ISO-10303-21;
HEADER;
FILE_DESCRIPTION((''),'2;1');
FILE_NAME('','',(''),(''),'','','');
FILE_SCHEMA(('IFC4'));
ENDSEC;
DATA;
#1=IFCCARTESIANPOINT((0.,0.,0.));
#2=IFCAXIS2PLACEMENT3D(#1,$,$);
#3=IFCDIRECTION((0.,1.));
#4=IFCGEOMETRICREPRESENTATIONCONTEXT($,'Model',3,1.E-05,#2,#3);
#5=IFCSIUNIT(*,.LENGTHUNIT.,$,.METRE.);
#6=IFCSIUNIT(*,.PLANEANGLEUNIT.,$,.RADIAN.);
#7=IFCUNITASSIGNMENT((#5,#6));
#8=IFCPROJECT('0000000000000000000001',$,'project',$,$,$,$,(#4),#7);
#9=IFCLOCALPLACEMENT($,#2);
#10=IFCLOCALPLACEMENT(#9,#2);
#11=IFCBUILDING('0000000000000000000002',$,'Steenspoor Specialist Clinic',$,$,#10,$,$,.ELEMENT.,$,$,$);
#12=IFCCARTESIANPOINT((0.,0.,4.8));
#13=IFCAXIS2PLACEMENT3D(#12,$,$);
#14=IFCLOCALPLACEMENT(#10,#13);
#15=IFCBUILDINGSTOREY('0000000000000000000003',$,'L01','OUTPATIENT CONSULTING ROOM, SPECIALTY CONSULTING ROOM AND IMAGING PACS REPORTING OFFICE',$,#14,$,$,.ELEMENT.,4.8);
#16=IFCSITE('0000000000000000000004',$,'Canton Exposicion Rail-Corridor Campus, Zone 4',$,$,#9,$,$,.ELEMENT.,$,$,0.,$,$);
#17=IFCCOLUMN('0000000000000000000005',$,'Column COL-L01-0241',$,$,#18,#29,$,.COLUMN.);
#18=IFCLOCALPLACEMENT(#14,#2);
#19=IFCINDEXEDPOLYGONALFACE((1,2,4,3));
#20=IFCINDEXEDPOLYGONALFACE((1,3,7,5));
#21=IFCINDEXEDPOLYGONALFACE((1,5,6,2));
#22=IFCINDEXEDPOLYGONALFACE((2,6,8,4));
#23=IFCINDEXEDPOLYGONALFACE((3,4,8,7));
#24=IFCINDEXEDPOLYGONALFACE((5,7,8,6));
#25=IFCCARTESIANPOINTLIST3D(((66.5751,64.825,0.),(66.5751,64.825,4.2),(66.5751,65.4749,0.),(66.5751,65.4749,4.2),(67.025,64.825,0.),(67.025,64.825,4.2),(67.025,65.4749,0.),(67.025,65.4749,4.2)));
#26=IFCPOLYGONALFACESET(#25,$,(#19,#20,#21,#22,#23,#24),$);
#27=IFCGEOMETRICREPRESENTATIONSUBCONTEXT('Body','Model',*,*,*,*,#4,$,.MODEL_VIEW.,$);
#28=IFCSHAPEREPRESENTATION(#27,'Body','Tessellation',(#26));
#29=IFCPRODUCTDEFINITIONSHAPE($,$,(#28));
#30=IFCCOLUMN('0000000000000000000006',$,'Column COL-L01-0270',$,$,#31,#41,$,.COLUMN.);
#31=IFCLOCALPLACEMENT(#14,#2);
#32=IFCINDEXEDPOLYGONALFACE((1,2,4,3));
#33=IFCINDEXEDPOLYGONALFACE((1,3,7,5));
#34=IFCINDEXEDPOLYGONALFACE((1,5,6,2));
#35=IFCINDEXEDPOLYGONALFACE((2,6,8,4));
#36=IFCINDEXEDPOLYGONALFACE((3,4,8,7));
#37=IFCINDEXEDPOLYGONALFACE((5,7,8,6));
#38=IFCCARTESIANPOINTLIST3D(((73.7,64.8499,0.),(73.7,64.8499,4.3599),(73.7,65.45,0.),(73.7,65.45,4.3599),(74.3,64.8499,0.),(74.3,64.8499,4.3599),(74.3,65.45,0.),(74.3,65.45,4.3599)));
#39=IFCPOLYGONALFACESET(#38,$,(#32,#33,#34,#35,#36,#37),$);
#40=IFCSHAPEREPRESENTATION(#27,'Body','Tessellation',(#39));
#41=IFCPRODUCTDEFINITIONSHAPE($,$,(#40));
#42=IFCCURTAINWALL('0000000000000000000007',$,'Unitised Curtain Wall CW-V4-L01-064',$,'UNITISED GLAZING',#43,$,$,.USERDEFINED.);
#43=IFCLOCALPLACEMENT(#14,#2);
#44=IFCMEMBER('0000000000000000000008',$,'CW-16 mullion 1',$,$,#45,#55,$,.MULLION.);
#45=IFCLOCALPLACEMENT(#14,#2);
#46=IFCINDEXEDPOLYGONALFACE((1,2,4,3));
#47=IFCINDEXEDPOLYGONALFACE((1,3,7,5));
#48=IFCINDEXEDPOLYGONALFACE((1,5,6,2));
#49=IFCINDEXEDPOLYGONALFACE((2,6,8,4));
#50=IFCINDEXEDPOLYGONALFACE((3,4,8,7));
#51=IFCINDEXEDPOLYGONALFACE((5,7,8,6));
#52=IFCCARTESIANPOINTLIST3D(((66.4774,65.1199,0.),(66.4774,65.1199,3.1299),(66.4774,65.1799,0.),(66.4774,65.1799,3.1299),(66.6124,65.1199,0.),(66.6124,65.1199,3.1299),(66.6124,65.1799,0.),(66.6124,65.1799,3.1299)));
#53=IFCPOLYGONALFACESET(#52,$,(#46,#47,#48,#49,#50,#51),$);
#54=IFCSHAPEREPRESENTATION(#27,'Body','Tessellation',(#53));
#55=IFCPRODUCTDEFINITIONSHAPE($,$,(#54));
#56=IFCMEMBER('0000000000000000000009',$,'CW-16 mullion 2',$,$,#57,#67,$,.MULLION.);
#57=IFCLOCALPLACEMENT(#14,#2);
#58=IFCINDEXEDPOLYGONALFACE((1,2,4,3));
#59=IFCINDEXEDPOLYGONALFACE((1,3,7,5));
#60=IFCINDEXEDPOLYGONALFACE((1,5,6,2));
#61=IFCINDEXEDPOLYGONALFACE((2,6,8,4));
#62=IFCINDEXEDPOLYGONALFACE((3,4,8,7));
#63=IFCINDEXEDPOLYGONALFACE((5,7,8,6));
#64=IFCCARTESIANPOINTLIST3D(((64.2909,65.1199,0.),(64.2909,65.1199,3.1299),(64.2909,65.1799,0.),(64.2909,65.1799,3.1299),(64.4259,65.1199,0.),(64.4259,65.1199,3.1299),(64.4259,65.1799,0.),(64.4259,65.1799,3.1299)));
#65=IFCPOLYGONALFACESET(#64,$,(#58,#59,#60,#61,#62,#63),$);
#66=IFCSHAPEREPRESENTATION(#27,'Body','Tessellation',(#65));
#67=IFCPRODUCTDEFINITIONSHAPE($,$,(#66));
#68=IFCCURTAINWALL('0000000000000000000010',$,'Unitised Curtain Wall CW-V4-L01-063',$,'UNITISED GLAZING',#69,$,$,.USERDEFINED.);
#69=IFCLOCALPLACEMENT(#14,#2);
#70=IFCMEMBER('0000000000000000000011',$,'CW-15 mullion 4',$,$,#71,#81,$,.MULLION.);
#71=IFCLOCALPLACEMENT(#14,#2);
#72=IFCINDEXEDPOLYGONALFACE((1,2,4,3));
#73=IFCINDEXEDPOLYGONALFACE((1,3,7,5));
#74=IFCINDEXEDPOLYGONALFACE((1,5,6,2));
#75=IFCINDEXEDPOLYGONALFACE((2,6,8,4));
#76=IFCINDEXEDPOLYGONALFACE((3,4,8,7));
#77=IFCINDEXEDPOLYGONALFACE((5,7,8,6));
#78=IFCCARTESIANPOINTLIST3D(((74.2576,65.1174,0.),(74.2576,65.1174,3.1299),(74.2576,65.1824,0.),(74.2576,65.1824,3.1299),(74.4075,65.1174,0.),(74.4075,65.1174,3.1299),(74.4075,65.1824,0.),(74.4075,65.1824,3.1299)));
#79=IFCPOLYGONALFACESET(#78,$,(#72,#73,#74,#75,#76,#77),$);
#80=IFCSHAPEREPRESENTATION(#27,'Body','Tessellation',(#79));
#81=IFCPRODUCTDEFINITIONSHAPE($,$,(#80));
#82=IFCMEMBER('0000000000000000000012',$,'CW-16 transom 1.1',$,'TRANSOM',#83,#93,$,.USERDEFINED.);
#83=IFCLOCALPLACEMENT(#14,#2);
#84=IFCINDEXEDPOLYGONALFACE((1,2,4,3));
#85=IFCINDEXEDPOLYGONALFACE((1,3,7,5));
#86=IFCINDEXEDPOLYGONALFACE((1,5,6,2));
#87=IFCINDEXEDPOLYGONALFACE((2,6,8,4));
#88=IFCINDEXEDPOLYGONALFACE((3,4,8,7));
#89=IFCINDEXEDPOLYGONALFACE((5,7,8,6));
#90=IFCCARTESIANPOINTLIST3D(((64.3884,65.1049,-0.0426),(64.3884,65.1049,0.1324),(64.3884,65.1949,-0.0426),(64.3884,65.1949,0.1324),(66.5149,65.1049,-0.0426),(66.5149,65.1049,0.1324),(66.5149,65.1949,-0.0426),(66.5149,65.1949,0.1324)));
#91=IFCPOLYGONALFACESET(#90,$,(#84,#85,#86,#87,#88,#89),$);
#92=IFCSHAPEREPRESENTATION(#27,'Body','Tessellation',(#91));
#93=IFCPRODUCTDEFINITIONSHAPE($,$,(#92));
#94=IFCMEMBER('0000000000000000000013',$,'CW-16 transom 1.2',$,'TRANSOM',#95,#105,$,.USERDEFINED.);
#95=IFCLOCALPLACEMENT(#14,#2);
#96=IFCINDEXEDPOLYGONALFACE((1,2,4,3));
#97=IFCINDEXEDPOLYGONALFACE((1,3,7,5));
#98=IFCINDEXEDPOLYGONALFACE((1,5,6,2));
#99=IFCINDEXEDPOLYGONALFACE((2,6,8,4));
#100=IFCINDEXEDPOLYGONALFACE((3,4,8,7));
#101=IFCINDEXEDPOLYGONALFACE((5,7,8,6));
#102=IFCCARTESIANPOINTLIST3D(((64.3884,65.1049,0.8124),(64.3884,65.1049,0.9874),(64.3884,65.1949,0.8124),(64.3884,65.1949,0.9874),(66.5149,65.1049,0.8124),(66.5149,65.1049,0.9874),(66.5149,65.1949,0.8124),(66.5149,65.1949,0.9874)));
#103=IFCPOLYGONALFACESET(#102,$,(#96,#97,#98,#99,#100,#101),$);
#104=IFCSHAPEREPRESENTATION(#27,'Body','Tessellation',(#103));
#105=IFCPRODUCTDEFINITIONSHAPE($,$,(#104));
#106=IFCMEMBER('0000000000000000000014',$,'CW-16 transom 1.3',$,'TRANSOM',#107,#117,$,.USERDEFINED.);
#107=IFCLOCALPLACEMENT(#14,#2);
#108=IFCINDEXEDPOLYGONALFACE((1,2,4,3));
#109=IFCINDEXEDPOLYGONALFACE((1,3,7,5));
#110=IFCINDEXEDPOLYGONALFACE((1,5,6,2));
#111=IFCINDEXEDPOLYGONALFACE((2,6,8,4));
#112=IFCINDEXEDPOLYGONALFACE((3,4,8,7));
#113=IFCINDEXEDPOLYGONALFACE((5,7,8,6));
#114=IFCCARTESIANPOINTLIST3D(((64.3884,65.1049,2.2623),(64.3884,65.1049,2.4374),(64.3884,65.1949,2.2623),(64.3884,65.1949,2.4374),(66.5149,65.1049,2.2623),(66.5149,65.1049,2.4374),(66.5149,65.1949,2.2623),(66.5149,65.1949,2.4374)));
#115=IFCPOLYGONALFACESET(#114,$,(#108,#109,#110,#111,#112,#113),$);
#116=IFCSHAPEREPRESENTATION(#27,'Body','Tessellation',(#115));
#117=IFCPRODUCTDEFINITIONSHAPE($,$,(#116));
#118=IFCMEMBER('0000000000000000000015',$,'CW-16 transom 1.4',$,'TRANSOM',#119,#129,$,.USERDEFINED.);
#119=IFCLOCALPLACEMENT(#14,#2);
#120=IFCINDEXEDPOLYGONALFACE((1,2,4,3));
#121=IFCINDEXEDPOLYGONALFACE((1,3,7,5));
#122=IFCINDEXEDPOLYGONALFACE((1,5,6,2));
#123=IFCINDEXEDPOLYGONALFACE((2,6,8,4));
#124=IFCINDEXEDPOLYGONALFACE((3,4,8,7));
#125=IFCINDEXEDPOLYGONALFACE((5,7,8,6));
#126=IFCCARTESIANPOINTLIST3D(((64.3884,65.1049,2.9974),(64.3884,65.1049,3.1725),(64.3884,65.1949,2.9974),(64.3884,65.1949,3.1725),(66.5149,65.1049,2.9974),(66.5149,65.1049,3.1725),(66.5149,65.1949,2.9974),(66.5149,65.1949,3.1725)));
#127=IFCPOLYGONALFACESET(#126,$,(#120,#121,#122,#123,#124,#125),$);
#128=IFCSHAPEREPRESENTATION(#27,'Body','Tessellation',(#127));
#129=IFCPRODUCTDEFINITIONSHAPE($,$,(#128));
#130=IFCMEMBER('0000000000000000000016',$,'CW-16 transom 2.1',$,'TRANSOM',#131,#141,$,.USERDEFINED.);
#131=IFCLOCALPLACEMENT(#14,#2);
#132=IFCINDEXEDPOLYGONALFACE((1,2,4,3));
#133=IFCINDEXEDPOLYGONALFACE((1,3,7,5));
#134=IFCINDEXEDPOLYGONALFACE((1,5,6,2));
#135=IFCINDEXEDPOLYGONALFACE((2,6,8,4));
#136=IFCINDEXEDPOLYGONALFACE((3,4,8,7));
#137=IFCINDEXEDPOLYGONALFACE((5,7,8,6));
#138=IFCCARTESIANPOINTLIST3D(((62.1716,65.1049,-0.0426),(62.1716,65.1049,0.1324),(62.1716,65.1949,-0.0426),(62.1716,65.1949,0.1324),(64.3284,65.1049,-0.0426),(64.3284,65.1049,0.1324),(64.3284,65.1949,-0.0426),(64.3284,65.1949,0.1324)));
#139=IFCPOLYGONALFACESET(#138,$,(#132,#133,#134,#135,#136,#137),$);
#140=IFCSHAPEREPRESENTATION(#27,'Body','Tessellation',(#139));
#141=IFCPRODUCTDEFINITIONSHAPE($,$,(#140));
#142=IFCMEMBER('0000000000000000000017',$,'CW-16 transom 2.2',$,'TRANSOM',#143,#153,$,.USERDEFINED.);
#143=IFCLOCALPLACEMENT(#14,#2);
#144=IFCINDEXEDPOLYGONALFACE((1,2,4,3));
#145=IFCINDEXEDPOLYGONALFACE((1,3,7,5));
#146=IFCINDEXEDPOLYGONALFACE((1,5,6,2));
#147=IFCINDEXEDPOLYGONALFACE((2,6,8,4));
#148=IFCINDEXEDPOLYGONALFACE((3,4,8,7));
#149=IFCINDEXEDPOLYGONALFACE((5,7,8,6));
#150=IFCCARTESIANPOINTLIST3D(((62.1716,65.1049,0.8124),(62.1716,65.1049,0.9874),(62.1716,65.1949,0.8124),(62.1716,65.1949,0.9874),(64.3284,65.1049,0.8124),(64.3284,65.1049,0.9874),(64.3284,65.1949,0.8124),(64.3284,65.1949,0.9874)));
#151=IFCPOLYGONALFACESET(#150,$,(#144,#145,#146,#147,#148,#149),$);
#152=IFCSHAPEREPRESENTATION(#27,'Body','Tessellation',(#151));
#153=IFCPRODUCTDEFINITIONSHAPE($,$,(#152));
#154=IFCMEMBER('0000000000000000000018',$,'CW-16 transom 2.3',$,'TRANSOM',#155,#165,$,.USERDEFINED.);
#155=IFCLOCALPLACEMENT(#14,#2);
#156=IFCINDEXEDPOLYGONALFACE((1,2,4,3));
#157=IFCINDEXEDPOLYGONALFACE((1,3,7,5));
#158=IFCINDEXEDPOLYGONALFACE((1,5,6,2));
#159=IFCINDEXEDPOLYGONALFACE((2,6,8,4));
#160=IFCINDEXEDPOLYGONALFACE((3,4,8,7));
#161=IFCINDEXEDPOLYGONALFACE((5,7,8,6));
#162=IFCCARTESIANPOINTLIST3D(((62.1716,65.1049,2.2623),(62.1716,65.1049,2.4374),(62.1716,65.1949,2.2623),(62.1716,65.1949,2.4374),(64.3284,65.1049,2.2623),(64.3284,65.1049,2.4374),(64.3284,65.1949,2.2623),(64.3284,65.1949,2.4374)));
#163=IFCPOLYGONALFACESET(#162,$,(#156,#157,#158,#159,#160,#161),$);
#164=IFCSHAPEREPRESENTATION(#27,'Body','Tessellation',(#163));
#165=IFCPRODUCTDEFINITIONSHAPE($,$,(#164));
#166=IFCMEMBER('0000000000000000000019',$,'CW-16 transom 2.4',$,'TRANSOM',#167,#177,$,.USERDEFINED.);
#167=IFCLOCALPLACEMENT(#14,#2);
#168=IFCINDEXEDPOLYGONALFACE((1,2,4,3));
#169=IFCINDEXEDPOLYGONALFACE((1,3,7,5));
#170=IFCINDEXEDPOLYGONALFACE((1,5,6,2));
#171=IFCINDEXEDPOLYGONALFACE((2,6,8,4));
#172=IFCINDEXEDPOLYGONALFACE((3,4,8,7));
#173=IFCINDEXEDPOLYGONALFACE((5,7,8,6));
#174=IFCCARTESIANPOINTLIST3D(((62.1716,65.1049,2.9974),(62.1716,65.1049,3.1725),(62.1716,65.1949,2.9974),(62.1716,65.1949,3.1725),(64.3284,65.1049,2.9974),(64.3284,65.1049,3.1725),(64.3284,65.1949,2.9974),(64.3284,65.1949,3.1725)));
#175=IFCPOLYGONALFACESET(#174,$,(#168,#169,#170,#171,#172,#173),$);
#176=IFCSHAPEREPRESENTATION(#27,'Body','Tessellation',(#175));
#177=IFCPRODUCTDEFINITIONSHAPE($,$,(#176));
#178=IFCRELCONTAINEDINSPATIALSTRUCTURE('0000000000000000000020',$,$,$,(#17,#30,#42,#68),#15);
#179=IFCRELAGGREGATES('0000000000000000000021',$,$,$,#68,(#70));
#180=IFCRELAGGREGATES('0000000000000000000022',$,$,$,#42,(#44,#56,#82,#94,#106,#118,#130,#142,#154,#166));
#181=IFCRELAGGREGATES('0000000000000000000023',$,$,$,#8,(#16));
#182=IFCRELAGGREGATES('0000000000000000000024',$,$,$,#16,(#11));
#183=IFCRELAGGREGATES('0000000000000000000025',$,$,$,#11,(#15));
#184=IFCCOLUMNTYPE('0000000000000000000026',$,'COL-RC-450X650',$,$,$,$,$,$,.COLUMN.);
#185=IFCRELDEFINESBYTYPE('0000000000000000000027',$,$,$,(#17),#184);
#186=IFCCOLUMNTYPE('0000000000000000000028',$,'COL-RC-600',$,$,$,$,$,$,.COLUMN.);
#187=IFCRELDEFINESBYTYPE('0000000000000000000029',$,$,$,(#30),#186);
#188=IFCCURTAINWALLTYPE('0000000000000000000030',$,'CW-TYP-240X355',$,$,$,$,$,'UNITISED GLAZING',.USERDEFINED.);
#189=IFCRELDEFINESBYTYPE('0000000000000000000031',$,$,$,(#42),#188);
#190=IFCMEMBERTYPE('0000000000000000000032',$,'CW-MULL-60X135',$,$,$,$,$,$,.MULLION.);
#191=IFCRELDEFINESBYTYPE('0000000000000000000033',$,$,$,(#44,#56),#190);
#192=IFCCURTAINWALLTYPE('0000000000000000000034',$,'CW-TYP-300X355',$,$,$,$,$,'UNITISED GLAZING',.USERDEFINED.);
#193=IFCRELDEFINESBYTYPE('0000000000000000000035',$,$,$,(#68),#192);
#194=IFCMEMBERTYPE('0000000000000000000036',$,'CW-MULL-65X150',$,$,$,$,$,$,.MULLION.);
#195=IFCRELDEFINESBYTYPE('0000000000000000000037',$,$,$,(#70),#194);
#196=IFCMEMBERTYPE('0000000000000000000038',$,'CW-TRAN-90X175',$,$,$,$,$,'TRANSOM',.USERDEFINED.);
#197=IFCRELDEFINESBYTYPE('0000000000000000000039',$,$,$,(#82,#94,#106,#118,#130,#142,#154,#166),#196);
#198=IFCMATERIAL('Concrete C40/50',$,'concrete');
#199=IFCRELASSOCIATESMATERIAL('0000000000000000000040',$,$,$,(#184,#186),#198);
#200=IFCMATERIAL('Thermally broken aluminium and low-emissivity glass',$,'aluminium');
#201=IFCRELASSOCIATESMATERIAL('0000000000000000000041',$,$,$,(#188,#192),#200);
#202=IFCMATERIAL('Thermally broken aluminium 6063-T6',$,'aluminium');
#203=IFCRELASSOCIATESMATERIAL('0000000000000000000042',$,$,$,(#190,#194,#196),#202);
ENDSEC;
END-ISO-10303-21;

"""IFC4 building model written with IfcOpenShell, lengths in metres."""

from ifc_helpers import new_model, si_unit, direction, frame, origin, origin_2d, place, context, subcontext, project, spatial, rectangle, extrude, material, material_profile, profile_set, type_object, element, aggregate, save


model = new_model("IFC4")

# Units and contexts
model_context = context("Model", 3, precision=1e-05, world=origin(), true_north=direction((0.0, 1.0)))
body_context = subcontext(model_context, "Body", "Model", "MODEL_VIEW")
ifc_project = project(units=[si_unit("LENGTHUNIT", "METRE"), si_unit("PLANEANGLEUNIT", "RADIAN")], contexts=[model_context])

# Site, building, storey
site_placement = place(None, origin())
site = spatial("IfcSite", under=ifc_project, at=site_placement, Name="Canton Exposicion Rail-Corridor Campus, Zone 4", CompositionType="ELEMENT", RefElevation=0.0)
building_placement = place(site_placement, origin())
building = spatial("IfcBuilding", under=site, at=building_placement, Name="Steenspoor Specialist Clinic", CompositionType="ELEMENT")
storey_placement = place(building_placement, frame((0.0, 0.0, 4.8)))
storey = spatial("IfcBuildingStorey", under=building, at=storey_placement, Name="L01", Description="OUTPATIENT CONSULTING ROOM, SPECIALTY CONSULTING ROOM AND IMAGING PACS REPORTING OFFICE", CompositionType="ELEMENT", Elevation=4.8)

# Columns
ifc_material_1 = material(Name="Concrete C40/50", Category="concrete")
ifc_material_profile_1 = material_profile(ifc_material_1, rectangle(XDim=0.45, YDim=0.6499, at=origin_2d()), Name="RC-COL-450X650")
ifc_profile_set_1 = profile_set([ifc_material_profile_1], Name="Concrete C40/50")
column_type_1 = type_object("IfcColumnType", Name="COL-RC-450X650", PredefinedType="COLUMN", material=ifc_profile_set_1)
column_1_placement = place(storey_placement, frame((66.8, 65.1499, 0.0), z_axis=(0.0, 0.0, 1.0), x_axis=(1.0, 0.0, 0.0)))
element("IfcColumn", 1, at=column_1_placement, inside=storey, type_object=column_type_1, Name="Column COL-L01-0241", PredefinedType="COLUMN", context=body_context, shape_type="SweptSolid", body=[
    extrude(rectangle(XDim=0.45, YDim=0.6499, at=origin_2d()), origin(), (0.0, 0.0, 1.0), 4.2),
])
ifc_material_profile_2 = material_profile(ifc_material_1, rectangle(XDim=0.6001, YDim=0.6001, at=origin_2d()), Name="RC-COL-600X600")
ifc_profile_set_2 = profile_set([ifc_material_profile_2], Name="Concrete C40/50")
column_type_2 = type_object("IfcColumnType", Name="COL-RC-600", PredefinedType="COLUMN", material=ifc_profile_set_2)
column_2_placement = place(storey_placement, frame((74.0, 65.1499, 0.0), z_axis=(0.0, 0.0, 1.0), x_axis=(1.0, 0.0, 0.0)))
element("IfcColumn", 2, at=column_2_placement, inside=storey, type_object=column_type_2, Name="Column COL-L01-0270", PredefinedType="COLUMN", context=body_context, shape_type="SweptSolid", body=[
    extrude(rectangle(XDim=0.6001, YDim=0.6001, at=origin_2d()), origin(), (0.0, 0.0, 1.0), 4.3599),
])

# Curtain wall, members
ifc_material_2 = material(Name="Thermally broken aluminium and low-emissivity glass", Category="aluminium")
curtain_wall_type_1 = type_object("IfcCurtainWallType", Name="CW-TYP-240X355", ElementType="UNITISED GLAZING", PredefinedType="USERDEFINED", material=ifc_material_2)
curtain_wall_1_placement = place(storey_placement, origin())
curtain_wall_1 = element("IfcCurtainWall", 3, at=curtain_wall_1_placement, inside=storey, type_object=curtain_wall_type_1, Name="Unitised Curtain Wall CW-V4-L01-064", ObjectType="UNITISED GLAZING", PredefinedType="USERDEFINED")
ifc_material_3 = material(Name="Thermally broken aluminium 6063-T6", Category="aluminium")
ifc_material_profile_3 = material_profile(ifc_material_3, rectangle(XDim=0.0601, YDim=0.135, at=origin_2d()), Name="CWM-60X135")
ifc_profile_set_3 = profile_set([ifc_material_profile_3], Name="Thermally broken aluminium 6063-T6")
member_type_1 = type_object("IfcMemberType", Name="CW-MULL-60X135", PredefinedType="MULLION", material=ifc_profile_set_3)
member_1_placement = place(storey_placement, frame((66.5449, 65.1499, 0.0), z_axis=(0.0, 0.0, 1.0), x_axis=(0.0, -1.0, 0.0)))
member_1 = element("IfcMember", 4, at=member_1_placement, type_object=member_type_1, Name="CW-16 mullion 1", PredefinedType="MULLION", context=body_context, shape_type="SweptSolid", body=[
    extrude(rectangle(XDim=0.0601, YDim=0.135, at=origin_2d()), origin(), (0.0, 0.0, 1.0), 3.1299),
])
member_2_placement = place(storey_placement, frame((64.3584, 65.1499, 0.0), z_axis=(0.0, 0.0, 1.0), x_axis=(0.0, -1.0, 0.0)))
member_2 = element("IfcMember", 5, at=member_2_placement, type_object=member_type_1, Name="CW-16 mullion 2", PredefinedType="MULLION", context=body_context, shape_type="SweptSolid", body=[
    extrude(rectangle(XDim=0.0601, YDim=0.135, at=origin_2d()), origin(), (0.0, 0.0, 1.0), 3.1299),
])

# Curtain wall, member
curtain_wall_type_2 = type_object("IfcCurtainWallType", Name="CW-TYP-300X355", ElementType="UNITISED GLAZING", PredefinedType="USERDEFINED", material=ifc_material_2)
curtain_wall_2_placement = place(storey_placement, origin())
curtain_wall_2 = element("IfcCurtainWall", 6, at=curtain_wall_2_placement, inside=storey, type_object=curtain_wall_type_2, Name="Unitised Curtain Wall CW-V4-L01-063", ObjectType="UNITISED GLAZING", PredefinedType="USERDEFINED")
ifc_material_profile_4 = material_profile(ifc_material_3, rectangle(XDim=0.0649, YDim=0.1499, at=origin_2d()), Name="CWM-65X150")
ifc_profile_set_4 = profile_set([ifc_material_profile_4], Name="Thermally broken aluminium 6063-T6")
member_type_2 = type_object("IfcMemberType", Name="CW-MULL-65X150", PredefinedType="MULLION", material=ifc_profile_set_4)
member_3_placement = place(storey_placement, frame((74.3325, 65.1499, 0.0), z_axis=(0.0, 0.0, 1.0), x_axis=(0.0, -1.0, 0.0)))
member_3 = element("IfcMember", 7, at=member_3_placement, type_object=member_type_2, Name="CW-15 mullion 4", PredefinedType="MULLION", context=body_context, shape_type="SweptSolid", body=[
    extrude(rectangle(XDim=0.0649, YDim=0.1499, at=origin_2d()), origin(), (0.0, 0.0, 1.0), 3.1299),
])

# Members
ifc_material_profile_5 = material_profile(ifc_material_3, rectangle(XDim=0.0901, YDim=0.175, at=origin_2d()), Name="CWT-90X175")
ifc_profile_set_5 = profile_set([ifc_material_profile_5], Name="Thermally broken aluminium 6063-T6")
member_type_3 = type_object("IfcMemberType", Name="CW-TRAN-90X175", ElementType="TRANSOM", PredefinedType="USERDEFINED", material=ifc_profile_set_5)
member_4_placement = place(storey_placement, frame((66.5149, 65.1499, 0.0449), z_axis=(-1.0, 0.0, 0.0), x_axis=(0.0, -1.0, 0.0)))
member_4 = element("IfcMember", 8, at=member_4_placement, type_object=member_type_3, Name="CW-16 transom 1.1", ObjectType="TRANSOM", PredefinedType="USERDEFINED", context=body_context, shape_type="SweptSolid", body=[
    extrude(rectangle(XDim=0.0901, YDim=0.175, at=origin_2d()), origin(), (0.0, 0.0, 1.0), 2.1265),
])
member_5_placement = place(storey_placement, frame((66.5149, 65.1499, 0.8999), z_axis=(-1.0, 0.0, 0.0), x_axis=(0.0, -1.0, 0.0)))
member_5 = element("IfcMember", 9, at=member_5_placement, type_object=member_type_3, Name="CW-16 transom 1.2", ObjectType="TRANSOM", PredefinedType="USERDEFINED", context=body_context, shape_type="SweptSolid", body=[
    extrude(rectangle(XDim=0.0901, YDim=0.175, at=origin_2d()), origin(), (0.0, 0.0, 1.0), 2.1265),
])
member_6_placement = place(storey_placement, frame((66.5149, 65.1499, 2.3499), z_axis=(-1.0, 0.0, 0.0), x_axis=(0.0, -1.0, 0.0)))
member_6 = element("IfcMember", 10, at=member_6_placement, type_object=member_type_3, Name="CW-16 transom 1.3", ObjectType="TRANSOM", PredefinedType="USERDEFINED", context=body_context, shape_type="SweptSolid", body=[
    extrude(rectangle(XDim=0.0901, YDim=0.175, at=origin_2d()), origin(), (0.0, 0.0, 1.0), 2.1265),
])
member_7_placement = place(storey_placement, frame((66.5149, 65.1499, 3.085), z_axis=(-1.0, 0.0, 0.0), x_axis=(0.0, -1.0, 0.0)))
member_7 = element("IfcMember", 11, at=member_7_placement, type_object=member_type_3, Name="CW-16 transom 1.4", ObjectType="TRANSOM", PredefinedType="USERDEFINED", context=body_context, shape_type="SweptSolid", body=[
    extrude(rectangle(XDim=0.0901, YDim=0.175, at=origin_2d()), origin(), (0.0, 0.0, 1.0), 2.1265),
])
member_8_placement = place(storey_placement, frame((64.3284, 65.1499, 0.0449), z_axis=(-1.0, 0.0, 0.0), x_axis=(0.0, -1.0, 0.0)))
member_8 = element("IfcMember", 12, at=member_8_placement, type_object=member_type_3, Name="CW-16 transom 2.1", ObjectType="TRANSOM", PredefinedType="USERDEFINED", context=body_context, shape_type="SweptSolid", body=[
    extrude(rectangle(XDim=0.0901, YDim=0.175, at=origin_2d()), origin(), (0.0, 0.0, 1.0), 2.1567),
])
member_9_placement = place(storey_placement, frame((64.3284, 65.1499, 0.8999), z_axis=(-1.0, 0.0, 0.0), x_axis=(0.0, -1.0, 0.0)))
member_9 = element("IfcMember", 13, at=member_9_placement, type_object=member_type_3, Name="CW-16 transom 2.2", ObjectType="TRANSOM", PredefinedType="USERDEFINED", context=body_context, shape_type="SweptSolid", body=[
    extrude(rectangle(XDim=0.0901, YDim=0.175, at=origin_2d()), origin(), (0.0, 0.0, 1.0), 2.1567),
])
member_10_placement = place(storey_placement, frame((64.3284, 65.1499, 2.3499), z_axis=(-1.0, 0.0, 0.0), x_axis=(0.0, -1.0, 0.0)))
member_10 = element("IfcMember", 14, at=member_10_placement, type_object=member_type_3, Name="CW-16 transom 2.3", ObjectType="TRANSOM", PredefinedType="USERDEFINED", context=body_context, shape_type="SweptSolid", body=[
    extrude(rectangle(XDim=0.0901, YDim=0.175, at=origin_2d()), origin(), (0.0, 0.0, 1.0), 2.1567),
])
member_11_placement = place(storey_placement, frame((64.3284, 65.1499, 3.085), z_axis=(-1.0, 0.0, 0.0), x_axis=(0.0, -1.0, 0.0)))
member_11 = element("IfcMember", 15, at=member_11_placement, type_object=member_type_3, Name="CW-16 transom 2.4", ObjectType="TRANSOM", PredefinedType="USERDEFINED", context=body_context, shape_type="SweptSolid", body=[
    extrude(rectangle(XDim=0.0901, YDim=0.175, at=origin_2d()), origin(), (0.0, 0.0, 1.0), 2.1567),
])

aggregate(curtain_wall_2, [member_3])
aggregate(curtain_wall_1, [member_1, member_2, member_4, member_5, member_6, member_7, member_8, member_9, member_10, member_11])

save(model, "model.ifc")
